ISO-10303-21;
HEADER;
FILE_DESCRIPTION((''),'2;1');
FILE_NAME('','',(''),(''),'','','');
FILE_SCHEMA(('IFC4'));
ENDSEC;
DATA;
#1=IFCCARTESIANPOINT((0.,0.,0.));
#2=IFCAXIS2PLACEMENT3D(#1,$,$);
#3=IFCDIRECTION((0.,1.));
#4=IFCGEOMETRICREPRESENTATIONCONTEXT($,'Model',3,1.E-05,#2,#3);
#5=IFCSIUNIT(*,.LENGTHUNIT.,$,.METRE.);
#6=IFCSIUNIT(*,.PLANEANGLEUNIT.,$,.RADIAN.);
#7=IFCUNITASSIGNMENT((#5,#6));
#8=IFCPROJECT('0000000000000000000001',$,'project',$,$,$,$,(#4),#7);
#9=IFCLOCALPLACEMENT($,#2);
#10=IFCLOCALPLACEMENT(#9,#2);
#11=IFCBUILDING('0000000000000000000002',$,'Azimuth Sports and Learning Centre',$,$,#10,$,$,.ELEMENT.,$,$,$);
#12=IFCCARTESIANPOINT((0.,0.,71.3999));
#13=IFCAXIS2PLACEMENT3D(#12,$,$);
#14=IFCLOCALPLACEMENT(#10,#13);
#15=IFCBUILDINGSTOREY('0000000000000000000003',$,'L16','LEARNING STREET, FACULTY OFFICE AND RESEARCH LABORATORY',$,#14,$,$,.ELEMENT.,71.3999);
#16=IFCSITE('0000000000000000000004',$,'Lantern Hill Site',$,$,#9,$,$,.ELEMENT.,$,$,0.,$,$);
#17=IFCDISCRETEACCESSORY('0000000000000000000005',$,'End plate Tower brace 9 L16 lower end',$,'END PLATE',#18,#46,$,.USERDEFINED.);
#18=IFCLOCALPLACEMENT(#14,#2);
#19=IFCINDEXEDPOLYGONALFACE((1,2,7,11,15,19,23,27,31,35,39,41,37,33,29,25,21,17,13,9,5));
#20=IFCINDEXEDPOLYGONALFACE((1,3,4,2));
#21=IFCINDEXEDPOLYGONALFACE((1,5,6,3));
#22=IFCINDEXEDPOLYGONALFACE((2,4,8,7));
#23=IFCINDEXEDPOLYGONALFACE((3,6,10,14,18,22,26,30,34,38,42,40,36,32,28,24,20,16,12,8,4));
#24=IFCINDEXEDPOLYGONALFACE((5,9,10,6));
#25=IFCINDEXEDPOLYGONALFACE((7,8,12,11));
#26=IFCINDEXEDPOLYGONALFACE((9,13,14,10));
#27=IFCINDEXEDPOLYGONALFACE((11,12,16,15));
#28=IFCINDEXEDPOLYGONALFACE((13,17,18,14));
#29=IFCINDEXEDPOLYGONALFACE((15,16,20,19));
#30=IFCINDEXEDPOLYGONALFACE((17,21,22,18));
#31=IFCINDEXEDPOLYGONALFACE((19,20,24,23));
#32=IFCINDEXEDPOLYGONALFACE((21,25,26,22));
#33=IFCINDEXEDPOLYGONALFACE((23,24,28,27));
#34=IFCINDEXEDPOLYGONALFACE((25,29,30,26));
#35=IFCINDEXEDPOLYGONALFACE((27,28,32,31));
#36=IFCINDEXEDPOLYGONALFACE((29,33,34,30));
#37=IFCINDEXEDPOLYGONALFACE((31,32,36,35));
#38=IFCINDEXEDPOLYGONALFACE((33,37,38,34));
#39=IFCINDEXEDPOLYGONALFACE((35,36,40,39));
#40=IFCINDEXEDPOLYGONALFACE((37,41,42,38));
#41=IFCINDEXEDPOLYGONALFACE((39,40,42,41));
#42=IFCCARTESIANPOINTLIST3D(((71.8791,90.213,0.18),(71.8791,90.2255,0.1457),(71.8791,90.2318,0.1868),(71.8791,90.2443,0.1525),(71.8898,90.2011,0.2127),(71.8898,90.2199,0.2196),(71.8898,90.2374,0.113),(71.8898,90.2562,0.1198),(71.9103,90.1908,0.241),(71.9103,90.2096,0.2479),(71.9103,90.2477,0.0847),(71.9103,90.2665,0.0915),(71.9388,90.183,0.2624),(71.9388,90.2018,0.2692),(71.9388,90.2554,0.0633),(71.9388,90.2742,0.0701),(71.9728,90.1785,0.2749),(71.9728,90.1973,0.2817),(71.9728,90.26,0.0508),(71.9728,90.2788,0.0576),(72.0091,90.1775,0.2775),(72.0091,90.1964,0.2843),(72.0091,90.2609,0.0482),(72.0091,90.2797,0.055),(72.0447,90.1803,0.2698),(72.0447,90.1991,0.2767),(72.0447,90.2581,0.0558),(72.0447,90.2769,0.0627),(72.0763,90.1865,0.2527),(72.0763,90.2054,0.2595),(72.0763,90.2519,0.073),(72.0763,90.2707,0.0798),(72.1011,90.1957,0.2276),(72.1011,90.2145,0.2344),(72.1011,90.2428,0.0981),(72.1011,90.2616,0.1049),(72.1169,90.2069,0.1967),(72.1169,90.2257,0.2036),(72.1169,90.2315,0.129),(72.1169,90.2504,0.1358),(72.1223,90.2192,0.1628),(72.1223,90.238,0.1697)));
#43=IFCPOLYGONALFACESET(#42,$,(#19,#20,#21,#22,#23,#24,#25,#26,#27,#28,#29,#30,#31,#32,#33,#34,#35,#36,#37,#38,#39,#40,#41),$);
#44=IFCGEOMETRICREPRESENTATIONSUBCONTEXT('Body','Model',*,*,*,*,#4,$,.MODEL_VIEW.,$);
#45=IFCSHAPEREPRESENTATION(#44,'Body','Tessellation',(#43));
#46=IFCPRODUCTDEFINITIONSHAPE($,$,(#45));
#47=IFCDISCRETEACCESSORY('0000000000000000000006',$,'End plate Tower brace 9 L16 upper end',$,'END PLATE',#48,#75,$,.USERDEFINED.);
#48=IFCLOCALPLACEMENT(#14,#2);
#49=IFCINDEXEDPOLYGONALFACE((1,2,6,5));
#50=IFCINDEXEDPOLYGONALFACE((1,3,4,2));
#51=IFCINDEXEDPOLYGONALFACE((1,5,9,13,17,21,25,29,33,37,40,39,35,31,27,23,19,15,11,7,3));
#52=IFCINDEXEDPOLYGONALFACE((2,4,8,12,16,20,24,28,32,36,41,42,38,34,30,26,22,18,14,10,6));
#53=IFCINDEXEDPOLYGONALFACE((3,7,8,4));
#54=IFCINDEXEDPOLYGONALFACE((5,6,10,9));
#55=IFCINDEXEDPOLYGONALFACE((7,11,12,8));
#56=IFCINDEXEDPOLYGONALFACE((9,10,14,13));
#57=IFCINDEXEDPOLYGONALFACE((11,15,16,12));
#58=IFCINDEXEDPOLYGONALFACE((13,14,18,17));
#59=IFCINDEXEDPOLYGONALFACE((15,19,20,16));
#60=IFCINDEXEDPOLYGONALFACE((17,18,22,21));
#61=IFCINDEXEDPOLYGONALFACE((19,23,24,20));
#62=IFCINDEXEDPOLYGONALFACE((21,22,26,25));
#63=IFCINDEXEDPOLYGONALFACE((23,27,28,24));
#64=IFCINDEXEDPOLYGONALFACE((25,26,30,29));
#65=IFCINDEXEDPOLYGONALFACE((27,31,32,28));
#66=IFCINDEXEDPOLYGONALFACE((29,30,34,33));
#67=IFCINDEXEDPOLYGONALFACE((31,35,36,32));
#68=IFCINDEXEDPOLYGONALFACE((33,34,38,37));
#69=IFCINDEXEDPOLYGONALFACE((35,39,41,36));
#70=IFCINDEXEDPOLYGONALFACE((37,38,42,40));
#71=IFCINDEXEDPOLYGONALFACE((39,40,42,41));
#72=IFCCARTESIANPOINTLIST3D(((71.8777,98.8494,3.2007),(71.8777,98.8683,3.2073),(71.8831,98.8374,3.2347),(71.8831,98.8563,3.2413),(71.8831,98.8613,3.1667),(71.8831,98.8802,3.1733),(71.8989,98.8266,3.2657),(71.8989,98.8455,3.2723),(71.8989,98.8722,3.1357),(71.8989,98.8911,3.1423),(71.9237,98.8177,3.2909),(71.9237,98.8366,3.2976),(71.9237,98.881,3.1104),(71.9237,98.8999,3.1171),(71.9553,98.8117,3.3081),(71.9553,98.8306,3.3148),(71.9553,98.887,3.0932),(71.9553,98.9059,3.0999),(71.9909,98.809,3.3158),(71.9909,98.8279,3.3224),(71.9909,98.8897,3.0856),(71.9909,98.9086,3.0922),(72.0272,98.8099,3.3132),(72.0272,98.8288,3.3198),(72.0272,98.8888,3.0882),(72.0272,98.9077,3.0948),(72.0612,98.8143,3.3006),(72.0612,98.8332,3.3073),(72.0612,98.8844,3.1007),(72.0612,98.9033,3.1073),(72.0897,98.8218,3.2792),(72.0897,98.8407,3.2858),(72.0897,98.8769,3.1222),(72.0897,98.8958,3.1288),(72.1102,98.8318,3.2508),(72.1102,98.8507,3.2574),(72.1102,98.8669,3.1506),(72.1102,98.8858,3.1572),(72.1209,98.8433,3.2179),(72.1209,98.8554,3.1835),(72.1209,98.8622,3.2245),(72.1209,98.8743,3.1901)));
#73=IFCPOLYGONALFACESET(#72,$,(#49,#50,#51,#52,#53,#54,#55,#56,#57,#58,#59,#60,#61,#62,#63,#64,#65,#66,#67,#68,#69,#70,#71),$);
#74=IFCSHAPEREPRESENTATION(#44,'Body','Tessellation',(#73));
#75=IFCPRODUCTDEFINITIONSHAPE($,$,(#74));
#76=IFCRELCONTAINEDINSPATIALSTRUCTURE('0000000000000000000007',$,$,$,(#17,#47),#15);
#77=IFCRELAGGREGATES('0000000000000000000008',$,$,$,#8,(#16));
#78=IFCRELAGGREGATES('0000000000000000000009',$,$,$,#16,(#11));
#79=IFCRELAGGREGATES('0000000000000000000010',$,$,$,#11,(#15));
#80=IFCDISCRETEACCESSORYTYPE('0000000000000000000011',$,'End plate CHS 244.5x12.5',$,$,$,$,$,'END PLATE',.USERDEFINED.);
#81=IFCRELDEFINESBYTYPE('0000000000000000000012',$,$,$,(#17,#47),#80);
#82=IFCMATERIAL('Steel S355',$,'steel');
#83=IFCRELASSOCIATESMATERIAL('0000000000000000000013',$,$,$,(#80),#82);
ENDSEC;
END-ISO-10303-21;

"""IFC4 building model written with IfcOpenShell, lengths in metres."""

from ifc_helpers import new_model, si_unit, direction, frame, origin, origin_2d, place, context, subcontext, project, spatial, circle, extrude, material, material_profile, profile_set, type_object, element, save


model = new_model("IFC4")

# Units and contexts
model_context = context("Model", 3, precision=1e-05, world=origin(), true_north=direction((0.0, 1.0)))
body_context = subcontext(model_context, "Body", "Model", "MODEL_VIEW")
ifc_project = project(units=[si_unit("LENGTHUNIT", "METRE"), si_unit("PLANEANGLEUNIT", "RADIAN")], contexts=[model_context])

# Site, building, storey
site_placement = place(None, origin())
site = spatial("IfcSite", under=ifc_project, at=site_placement, Name="Lantern Hill Site", CompositionType="ELEMENT", RefElevation=0.0)
building_placement = place(site_placement, origin())
building = spatial("IfcBuilding", under=site, at=building_placement, Name="Azimuth Sports and Learning Centre", CompositionType="ELEMENT")
storey_placement = place(building_placement, frame((0.0, 0.0, 71.3999)))
storey = spatial("IfcBuildingStorey", under=building, at=storey_placement, Name="L16", Description="LEARNING STREET, FACULTY OFFICE AND RESEARCH LABORATORY", CompositionType="ELEMENT", Elevation=71.3999)

# Discrete accessories
ifc_material_1 = material(Name="Steel S355", Category="steel")
ifc_material_profile_1 = material_profile(ifc_material_1, circle(Radius=0.1223, at=origin_2d()), Name="PL 244 DISC")
ifc_profile_set_1 = profile_set([ifc_material_profile_1], Name="Steel S355")
discrete_accessory_type = type_object("IfcDiscreteAccessoryType", Name="End plate CHS 244.5x12.5", ElementType="END PLATE", PredefinedType="USERDEFINED", material=ifc_profile_set_1)
for number, where, z_axis, x_axis, name in (
    (1, (72.0, 90.238, 0.1697), (0.0, -0.939793, -0.341743), (1.0, 0.0, 0.0), "End plate Tower brace 9 L16 lower end"),
    (2, (72.0, 98.8494, 3.2007), (0.0, 0.943667, 0.330896), (-1.0, 0.0, 0.0), "End plate Tower brace 9 L16 upper end"),
):
    element("IfcDiscreteAccessory", number, at=place(storey_placement, frame(where, z_axis=z_axis, x_axis=x_axis)), inside=storey, type_object=discrete_accessory_type, Name=name, ObjectType="END PLATE", PredefinedType="USERDEFINED", context=body_context, shape_type="SweptSolid", body=[
        extrude(circle(Radius=0.1223, at=origin_2d()), origin(), (0.0, 0.0, 1.0), 0.02),
    ])

save(model, "model.ifc")
